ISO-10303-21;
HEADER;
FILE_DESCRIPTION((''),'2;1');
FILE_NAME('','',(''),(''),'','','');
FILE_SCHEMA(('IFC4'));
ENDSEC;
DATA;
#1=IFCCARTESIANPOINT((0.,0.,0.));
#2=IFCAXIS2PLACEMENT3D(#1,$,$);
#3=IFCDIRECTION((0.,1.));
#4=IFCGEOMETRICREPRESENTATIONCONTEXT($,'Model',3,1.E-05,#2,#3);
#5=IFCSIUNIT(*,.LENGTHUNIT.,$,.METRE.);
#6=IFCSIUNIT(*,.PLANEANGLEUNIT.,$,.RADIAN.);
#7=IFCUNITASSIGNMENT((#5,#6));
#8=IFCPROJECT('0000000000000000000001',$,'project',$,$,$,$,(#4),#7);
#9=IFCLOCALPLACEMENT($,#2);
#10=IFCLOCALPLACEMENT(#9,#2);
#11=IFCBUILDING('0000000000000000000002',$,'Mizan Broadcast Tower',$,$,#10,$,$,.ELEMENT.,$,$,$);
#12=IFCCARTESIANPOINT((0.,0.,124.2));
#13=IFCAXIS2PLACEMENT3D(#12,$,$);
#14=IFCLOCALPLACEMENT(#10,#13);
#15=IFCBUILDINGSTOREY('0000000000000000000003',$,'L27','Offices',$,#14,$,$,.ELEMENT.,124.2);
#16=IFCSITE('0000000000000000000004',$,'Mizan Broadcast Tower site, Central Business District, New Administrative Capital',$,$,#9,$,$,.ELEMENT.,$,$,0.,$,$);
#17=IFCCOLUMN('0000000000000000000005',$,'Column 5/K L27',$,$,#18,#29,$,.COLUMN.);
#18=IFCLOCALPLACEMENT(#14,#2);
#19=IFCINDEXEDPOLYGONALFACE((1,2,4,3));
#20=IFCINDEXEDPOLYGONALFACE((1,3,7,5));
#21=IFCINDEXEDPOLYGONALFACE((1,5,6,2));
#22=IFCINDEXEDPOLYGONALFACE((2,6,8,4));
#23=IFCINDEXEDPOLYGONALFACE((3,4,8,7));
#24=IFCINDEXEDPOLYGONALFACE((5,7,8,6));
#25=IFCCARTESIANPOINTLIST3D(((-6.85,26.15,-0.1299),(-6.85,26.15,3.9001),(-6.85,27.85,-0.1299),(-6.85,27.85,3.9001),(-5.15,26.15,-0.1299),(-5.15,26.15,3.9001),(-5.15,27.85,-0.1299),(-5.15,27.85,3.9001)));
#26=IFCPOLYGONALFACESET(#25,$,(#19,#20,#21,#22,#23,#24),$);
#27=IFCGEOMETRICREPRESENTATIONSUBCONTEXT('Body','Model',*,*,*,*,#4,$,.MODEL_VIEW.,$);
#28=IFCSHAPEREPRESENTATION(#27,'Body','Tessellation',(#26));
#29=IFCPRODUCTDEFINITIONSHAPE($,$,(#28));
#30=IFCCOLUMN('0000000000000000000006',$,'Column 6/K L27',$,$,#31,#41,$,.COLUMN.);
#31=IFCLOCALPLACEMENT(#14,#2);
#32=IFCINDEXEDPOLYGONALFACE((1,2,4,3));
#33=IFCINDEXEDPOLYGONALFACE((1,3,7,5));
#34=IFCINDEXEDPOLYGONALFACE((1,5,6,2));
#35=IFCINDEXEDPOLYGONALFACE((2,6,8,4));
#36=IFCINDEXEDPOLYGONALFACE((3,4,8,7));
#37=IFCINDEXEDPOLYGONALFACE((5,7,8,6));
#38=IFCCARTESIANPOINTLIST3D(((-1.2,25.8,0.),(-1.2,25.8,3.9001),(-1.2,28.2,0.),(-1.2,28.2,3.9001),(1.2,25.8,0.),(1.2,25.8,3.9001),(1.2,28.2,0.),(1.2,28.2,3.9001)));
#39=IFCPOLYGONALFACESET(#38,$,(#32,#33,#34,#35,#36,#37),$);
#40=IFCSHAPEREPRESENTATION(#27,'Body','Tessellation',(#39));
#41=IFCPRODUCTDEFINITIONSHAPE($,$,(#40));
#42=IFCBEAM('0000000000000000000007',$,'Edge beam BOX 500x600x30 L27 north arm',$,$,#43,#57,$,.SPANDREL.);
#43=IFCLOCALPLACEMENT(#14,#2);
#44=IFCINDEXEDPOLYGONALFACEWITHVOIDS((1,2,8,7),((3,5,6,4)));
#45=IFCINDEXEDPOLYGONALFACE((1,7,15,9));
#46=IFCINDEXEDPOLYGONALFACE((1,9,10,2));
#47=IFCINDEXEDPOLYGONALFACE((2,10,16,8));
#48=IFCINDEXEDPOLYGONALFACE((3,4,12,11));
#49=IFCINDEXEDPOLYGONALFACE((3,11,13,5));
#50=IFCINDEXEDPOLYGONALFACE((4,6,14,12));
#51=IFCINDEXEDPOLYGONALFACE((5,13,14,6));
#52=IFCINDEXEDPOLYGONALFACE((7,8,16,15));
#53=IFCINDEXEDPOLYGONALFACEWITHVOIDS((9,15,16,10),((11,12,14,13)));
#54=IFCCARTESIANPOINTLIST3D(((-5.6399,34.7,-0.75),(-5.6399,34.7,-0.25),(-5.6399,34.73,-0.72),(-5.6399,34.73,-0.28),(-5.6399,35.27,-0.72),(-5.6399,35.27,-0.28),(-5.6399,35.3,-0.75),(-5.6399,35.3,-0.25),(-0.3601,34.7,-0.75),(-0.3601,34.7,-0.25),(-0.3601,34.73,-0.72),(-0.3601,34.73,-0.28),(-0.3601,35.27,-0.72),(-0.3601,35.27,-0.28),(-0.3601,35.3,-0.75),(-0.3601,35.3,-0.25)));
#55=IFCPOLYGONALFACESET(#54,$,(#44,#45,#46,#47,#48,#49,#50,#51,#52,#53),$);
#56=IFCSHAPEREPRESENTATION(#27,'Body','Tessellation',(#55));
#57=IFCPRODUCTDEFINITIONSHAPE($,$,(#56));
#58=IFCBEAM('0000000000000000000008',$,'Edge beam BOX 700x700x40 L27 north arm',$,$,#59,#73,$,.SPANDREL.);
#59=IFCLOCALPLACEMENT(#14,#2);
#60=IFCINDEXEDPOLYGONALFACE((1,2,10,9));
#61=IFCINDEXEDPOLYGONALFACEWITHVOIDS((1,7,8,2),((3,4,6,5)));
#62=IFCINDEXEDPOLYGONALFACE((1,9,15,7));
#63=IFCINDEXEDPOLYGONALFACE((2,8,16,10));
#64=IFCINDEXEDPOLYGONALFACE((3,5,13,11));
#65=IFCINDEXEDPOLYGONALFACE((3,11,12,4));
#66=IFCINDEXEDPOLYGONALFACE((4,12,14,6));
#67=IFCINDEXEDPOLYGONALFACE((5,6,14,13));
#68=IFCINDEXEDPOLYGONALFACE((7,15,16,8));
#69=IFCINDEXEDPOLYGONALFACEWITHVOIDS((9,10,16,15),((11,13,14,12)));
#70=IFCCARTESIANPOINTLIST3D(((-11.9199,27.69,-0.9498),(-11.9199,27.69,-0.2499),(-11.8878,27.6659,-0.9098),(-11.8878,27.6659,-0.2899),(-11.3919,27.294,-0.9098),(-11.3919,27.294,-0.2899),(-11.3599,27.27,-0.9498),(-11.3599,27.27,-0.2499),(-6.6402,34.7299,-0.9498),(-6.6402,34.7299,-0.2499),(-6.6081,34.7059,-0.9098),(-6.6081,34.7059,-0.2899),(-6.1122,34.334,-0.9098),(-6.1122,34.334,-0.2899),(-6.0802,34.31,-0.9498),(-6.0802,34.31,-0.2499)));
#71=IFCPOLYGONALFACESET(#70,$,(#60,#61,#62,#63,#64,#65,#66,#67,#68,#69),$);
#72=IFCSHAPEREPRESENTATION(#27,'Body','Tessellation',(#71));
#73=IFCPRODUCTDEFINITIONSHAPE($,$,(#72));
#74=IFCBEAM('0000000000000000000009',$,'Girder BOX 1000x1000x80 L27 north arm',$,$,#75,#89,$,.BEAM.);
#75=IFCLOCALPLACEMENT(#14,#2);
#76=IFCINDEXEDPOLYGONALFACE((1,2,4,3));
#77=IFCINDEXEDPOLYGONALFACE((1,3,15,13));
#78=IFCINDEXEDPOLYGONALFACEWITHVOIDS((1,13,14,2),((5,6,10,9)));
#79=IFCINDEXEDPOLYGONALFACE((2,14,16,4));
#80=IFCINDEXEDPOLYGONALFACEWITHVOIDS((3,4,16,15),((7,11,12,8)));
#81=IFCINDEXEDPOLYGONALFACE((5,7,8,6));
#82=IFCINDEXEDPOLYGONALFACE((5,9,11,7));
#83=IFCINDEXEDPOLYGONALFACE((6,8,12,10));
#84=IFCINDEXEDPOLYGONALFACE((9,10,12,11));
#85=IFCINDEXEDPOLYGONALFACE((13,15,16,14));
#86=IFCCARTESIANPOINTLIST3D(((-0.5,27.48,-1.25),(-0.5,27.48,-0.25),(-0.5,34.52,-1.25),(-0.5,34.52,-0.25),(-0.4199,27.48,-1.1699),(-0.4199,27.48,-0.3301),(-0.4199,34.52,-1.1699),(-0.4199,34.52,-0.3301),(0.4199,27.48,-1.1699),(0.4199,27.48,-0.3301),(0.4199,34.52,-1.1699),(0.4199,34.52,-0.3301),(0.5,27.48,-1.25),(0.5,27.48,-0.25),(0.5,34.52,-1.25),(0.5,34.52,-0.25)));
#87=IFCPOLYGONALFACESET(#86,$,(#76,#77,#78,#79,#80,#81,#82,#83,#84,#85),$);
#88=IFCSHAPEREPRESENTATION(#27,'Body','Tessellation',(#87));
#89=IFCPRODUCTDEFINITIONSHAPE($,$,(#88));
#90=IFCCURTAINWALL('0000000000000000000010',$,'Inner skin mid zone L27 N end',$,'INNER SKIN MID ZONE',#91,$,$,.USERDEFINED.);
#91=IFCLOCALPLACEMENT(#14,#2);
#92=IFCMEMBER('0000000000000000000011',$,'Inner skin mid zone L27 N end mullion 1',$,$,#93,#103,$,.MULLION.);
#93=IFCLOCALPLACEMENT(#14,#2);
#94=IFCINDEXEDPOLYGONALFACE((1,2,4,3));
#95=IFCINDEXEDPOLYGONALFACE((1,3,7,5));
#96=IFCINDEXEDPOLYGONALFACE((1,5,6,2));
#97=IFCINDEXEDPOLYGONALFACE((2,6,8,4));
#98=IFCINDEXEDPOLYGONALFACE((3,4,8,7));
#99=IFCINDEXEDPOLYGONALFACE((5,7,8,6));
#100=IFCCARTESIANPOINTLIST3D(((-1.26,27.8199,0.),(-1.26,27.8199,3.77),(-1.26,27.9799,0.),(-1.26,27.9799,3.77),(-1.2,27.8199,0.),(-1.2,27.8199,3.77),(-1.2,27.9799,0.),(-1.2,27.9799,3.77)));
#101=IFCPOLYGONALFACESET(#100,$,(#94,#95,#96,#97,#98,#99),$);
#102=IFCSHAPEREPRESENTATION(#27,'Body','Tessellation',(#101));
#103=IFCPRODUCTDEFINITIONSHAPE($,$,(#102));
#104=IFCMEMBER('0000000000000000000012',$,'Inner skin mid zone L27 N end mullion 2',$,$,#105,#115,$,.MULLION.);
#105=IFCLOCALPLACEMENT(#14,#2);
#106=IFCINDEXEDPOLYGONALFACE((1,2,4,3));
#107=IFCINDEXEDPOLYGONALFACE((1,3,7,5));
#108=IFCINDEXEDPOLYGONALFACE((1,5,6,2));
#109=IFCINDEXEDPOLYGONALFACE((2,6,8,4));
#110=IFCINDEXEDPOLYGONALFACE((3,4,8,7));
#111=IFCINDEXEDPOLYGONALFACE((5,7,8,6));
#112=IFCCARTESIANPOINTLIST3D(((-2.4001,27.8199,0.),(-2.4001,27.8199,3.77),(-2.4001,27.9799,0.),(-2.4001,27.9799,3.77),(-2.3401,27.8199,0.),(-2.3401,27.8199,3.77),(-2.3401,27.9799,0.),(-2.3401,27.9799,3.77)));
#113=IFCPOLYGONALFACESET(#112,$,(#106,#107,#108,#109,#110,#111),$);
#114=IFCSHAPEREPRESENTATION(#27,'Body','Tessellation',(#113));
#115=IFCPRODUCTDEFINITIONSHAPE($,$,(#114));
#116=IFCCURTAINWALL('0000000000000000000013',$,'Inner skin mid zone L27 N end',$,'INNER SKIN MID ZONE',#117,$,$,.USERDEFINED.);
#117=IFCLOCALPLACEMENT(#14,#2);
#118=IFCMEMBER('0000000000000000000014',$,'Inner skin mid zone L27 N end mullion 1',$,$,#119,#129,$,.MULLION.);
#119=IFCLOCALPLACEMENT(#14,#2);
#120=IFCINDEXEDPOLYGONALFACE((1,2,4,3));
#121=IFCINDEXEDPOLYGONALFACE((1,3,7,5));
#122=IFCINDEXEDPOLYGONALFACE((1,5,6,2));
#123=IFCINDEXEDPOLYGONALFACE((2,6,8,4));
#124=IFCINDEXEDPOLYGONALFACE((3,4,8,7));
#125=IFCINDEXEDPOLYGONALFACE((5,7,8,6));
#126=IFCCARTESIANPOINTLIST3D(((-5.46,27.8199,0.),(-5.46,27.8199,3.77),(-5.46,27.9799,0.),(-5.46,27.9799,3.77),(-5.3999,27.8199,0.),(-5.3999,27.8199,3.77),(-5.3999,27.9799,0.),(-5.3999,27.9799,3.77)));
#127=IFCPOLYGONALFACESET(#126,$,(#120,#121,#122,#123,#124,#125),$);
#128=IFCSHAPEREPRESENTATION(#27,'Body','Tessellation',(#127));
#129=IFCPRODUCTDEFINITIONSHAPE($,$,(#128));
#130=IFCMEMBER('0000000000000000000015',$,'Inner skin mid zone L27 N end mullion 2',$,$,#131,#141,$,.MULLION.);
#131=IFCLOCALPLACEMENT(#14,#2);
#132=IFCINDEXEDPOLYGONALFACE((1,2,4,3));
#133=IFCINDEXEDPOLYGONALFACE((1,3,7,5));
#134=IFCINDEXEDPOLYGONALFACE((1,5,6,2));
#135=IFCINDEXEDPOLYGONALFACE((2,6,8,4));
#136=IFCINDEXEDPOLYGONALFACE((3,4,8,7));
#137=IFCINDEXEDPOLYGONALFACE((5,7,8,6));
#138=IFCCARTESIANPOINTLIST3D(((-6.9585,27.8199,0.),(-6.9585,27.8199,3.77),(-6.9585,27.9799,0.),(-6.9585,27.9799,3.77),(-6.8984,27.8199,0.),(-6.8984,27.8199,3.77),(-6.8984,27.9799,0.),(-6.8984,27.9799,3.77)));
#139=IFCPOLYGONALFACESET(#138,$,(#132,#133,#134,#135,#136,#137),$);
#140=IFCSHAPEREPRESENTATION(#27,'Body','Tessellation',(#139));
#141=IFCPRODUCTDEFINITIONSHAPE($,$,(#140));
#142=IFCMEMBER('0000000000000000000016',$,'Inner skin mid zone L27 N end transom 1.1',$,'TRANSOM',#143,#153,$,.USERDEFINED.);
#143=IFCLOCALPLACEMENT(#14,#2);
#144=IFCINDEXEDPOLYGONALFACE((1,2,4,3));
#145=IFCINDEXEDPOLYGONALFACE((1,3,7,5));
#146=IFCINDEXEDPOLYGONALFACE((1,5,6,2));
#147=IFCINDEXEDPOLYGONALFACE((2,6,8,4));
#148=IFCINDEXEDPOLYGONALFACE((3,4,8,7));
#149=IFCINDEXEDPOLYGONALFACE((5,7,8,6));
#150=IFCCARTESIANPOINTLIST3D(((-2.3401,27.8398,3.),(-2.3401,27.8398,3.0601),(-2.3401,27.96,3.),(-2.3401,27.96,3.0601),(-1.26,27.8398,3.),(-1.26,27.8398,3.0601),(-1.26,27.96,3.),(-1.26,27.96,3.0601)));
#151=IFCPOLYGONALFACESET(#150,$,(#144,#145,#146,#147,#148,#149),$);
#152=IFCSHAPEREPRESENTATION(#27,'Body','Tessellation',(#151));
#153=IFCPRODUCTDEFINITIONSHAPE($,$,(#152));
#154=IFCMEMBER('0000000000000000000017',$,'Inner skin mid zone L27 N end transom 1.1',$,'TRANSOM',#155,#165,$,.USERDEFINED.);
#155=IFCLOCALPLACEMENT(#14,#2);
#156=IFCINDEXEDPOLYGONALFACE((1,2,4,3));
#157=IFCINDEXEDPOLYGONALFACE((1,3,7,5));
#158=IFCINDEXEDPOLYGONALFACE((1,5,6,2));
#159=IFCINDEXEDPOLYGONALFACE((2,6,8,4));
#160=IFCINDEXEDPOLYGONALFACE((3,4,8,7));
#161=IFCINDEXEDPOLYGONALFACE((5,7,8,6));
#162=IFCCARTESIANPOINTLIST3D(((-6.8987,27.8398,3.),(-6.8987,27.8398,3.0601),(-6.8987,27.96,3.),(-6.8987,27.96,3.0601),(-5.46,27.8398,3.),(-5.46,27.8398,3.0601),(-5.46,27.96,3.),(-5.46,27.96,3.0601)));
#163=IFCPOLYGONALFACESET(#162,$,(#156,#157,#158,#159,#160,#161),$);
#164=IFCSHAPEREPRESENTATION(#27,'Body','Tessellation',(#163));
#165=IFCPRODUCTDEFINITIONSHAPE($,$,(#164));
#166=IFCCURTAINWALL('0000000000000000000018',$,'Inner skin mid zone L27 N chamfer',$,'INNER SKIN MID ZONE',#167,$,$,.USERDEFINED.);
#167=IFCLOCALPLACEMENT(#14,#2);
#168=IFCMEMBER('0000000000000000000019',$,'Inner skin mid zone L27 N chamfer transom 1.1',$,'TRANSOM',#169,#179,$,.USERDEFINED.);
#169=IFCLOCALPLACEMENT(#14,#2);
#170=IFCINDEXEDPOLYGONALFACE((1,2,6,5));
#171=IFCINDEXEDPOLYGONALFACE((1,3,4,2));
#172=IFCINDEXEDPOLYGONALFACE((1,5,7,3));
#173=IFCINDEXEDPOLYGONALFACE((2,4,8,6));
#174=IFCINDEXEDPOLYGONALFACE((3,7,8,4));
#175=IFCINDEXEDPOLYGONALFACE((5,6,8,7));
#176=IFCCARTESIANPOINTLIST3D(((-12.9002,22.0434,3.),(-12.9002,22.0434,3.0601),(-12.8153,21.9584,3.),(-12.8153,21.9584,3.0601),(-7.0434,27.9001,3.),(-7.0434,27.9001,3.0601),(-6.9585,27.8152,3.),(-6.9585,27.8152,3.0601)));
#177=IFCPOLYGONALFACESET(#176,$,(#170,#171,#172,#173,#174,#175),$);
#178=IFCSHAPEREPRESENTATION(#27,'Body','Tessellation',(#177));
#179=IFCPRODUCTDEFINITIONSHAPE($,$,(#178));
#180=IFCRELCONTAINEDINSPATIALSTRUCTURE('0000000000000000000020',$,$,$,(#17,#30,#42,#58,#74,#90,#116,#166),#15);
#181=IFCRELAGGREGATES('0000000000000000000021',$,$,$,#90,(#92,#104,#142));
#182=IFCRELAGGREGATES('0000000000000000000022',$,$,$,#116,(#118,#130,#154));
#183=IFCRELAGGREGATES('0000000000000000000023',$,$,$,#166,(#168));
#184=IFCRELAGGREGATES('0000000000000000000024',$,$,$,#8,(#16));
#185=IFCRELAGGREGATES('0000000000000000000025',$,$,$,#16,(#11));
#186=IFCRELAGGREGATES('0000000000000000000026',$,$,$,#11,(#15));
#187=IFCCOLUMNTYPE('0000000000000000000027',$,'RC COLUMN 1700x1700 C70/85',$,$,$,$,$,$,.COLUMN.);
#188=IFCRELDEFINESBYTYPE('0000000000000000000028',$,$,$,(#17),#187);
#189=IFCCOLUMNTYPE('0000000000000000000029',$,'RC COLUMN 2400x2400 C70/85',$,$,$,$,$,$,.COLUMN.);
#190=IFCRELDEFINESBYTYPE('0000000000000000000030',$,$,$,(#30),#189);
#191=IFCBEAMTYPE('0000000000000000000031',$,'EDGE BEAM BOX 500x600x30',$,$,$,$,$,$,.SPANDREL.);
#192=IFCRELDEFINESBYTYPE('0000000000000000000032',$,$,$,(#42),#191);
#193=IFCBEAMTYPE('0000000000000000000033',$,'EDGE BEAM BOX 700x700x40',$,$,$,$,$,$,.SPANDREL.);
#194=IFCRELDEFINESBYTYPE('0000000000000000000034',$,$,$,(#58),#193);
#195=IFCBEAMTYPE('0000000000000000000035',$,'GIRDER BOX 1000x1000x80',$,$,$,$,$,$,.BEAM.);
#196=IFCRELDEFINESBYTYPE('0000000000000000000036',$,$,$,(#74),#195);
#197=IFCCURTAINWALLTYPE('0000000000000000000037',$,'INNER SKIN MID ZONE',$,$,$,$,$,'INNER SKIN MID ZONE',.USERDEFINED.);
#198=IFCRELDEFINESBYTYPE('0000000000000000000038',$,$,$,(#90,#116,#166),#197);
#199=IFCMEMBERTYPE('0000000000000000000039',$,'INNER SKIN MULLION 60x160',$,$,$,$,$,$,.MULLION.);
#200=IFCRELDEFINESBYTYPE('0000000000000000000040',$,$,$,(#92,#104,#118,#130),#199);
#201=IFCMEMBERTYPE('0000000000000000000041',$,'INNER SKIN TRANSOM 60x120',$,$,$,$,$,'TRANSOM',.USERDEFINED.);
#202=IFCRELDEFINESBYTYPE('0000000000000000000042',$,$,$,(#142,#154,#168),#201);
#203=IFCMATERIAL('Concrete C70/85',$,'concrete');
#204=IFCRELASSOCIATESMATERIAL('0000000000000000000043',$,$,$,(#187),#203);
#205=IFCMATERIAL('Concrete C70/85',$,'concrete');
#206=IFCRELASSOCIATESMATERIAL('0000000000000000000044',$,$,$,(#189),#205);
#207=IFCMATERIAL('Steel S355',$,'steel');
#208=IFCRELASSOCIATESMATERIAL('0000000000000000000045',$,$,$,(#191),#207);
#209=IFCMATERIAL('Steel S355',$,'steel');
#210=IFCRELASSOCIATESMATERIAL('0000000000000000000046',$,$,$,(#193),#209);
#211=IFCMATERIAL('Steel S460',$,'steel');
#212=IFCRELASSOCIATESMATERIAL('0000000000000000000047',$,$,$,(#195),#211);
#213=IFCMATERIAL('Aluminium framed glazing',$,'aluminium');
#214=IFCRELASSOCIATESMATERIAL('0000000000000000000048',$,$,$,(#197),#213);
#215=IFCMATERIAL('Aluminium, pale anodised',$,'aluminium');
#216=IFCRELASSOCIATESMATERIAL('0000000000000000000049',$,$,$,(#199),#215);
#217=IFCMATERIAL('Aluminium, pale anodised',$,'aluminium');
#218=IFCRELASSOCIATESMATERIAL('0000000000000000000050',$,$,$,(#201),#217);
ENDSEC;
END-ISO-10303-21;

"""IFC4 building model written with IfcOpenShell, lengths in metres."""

from ifc_helpers import new_model, si_unit, direction, frame, origin, origin_2d, place, context, subcontext, project, spatial, rectangle, hollow_rectangle, extrude, material, material_profile, profile_set, type_object, element, aggregate, save


model = new_model("IFC4")

# Units and contexts
model_context = context("Model", 3, precision=1e-05, world=origin(), true_north=direction((0.0, 1.0)))
body_context = subcontext(model_context, "Body", "Model", "MODEL_VIEW")
ifc_project = project(units=[si_unit("LENGTHUNIT", "METRE"), si_unit("PLANEANGLEUNIT", "RADIAN")], contexts=[model_context])

# Site, building, storey
site_placement = place(None, origin())
site = spatial("IfcSite", under=ifc_project, at=site_placement, Name="Mizan Broadcast Tower site, Central Business District, New Administrative Capital", CompositionType="ELEMENT", RefElevation=0.0)
building_placement = place(site_placement, origin())
building = spatial("IfcBuilding", under=site, at=building_placement, Name="Mizan Broadcast Tower", CompositionType="ELEMENT")
storey_placement = place(building_placement, frame((0.0, 0.0, 124.2)))
storey = spatial("IfcBuildingStorey", under=building, at=storey_placement, Name="L27", Description="Offices", CompositionType="ELEMENT", Elevation=124.2)

# Columns
ifc_material_1 = material(Name="Concrete C70/85", Category="concrete")
ifc_material_profile_1 = material_profile(ifc_material_1, rectangle(XDim=1.7, YDim=1.7, at=origin_2d()), Name="RC 1700x1700")
ifc_profile_set_1 = profile_set([ifc_material_profile_1], Name="Concrete C70/85")
column_type_1 = type_object("IfcColumnType", Name="RC COLUMN 1700x1700 C70/85", PredefinedType="COLUMN", material=ifc_profile_set_1)
column_1_placement = place(storey_placement, frame((-6.0, 27.0, -0.1299), z_axis=(0.0, 0.0, 1.0), x_axis=(1.0, 0.0, 0.0)))
element("IfcColumn", 1, at=column_1_placement, inside=storey, type_object=column_type_1, Name="Column 5/K L27", PredefinedType="COLUMN", context=body_context, shape_type="SweptSolid", body=[
    extrude(rectangle(XDim=1.7, YDim=1.7, at=origin_2d()), origin(), (0.0, 0.0, 1.0), 4.03),
])
ifc_material_2 = material(Name="Concrete C70/85", Category="concrete")
ifc_material_profile_2 = material_profile(ifc_material_2, rectangle(XDim=2.3999, YDim=2.3999, at=origin_2d()), Name="RC 2400x2400")
ifc_profile_set_2 = profile_set([ifc_material_profile_2], Name="Concrete C70/85")
column_type_2 = type_object("IfcColumnType", Name="RC COLUMN 2400x2400 C70/85", PredefinedType="COLUMN", material=ifc_profile_set_2)
column_2_placement = place(storey_placement, frame((0.0, 27.0, 0.0), z_axis=(0.0, 0.0, 1.0), x_axis=(1.0, 0.0, 0.0)))
element("IfcColumn", 2, at=column_2_placement, inside=storey, type_object=column_type_2, Name="Column 6/K L27", PredefinedType="COLUMN", context=body_context, shape_type="SweptSolid", body=[
    extrude(rectangle(XDim=2.3999, YDim=2.3999, at=origin_2d()), origin(), (0.0, 0.0, 1.0), 3.9001),
])

# Beams
ifc_material_3 = material(Name="Steel S355", Category="steel")
ifc_material_profile_3 = material_profile(ifc_material_3, hollow_rectangle(XDim=0.6001, YDim=0.5, WallThickness=0.03, at=origin_2d()), Name="BOX 500x600x30")
ifc_profile_set_3 = profile_set([ifc_material_profile_3], Name="Steel S355")
beam_type_1 = type_object("IfcBeamType", Name="EDGE BEAM BOX 500x600x30", PredefinedType="SPANDREL", material=ifc_profile_set_3)
beam_1_placement = place(storey_placement, frame((-5.6399, 35.0, -0.5), z_axis=(1.0, 0.0, 0.0), x_axis=(0.0, 1.0, 0.0)))
element("IfcBeam", 3, at=beam_1_placement, inside=storey, type_object=beam_type_1, Name="Edge beam BOX 500x600x30 L27 north arm", PredefinedType="SPANDREL", context=body_context, shape_type="SweptSolid", body=[
    extrude(hollow_rectangle(XDim=0.6001, YDim=0.5, WallThickness=0.03, at=origin_2d()), origin(), (0.0, 0.0, 1.0), 5.2798),
])
ifc_material_4 = material(Name="Steel S355", Category="steel")
ifc_material_profile_4 = material_profile(ifc_material_4, hollow_rectangle(XDim=0.7, YDim=0.7, WallThickness=0.04, at=origin_2d()), Name="BOX 700x700x40")
ifc_profile_set_4 = profile_set([ifc_material_profile_4], Name="Steel S355")
beam_type_2 = type_object("IfcBeamType", Name="EDGE BEAM BOX 700x700x40", PredefinedType="SPANDREL", material=ifc_profile_set_4)
beam_2_placement = place(storey_placement, frame((-11.6399, 27.48, -0.5999), z_axis=(0.599982, 0.800013, 0.0), x_axis=(-0.800013, 0.599982, 0.0)))
element("IfcBeam", 4, at=beam_2_placement, inside=storey, type_object=beam_type_2, Name="Edge beam BOX 700x700x40 L27 north arm", PredefinedType="SPANDREL", context=body_context, shape_type="SweptSolid", body=[
    extrude(hollow_rectangle(XDim=0.7, YDim=0.7, WallThickness=0.04, at=origin_2d()), origin(), (0.0, 0.0, 1.0), 8.7998),
])
ifc_material_5 = material(Name="Steel S460", Category="steel")
ifc_material_profile_5 = material_profile(ifc_material_5, hollow_rectangle(XDim=1.0, YDim=1.0, WallThickness=0.0801, at=origin_2d()), Name="BOX 1000x1000x80")
ifc_profile_set_5 = profile_set([ifc_material_profile_5], Name="Steel S460")
beam_type_3 = type_object("IfcBeamType", Name="GIRDER BOX 1000x1000x80", PredefinedType="BEAM", material=ifc_profile_set_5)
beam_3_placement = place(storey_placement, frame((0.0, 27.48, -0.75), z_axis=(0.0, 1.0, 0.0), x_axis=(-1.0, 0.0, 0.0)))
element("IfcBeam", 5, at=beam_3_placement, inside=storey, type_object=beam_type_3, Name="Girder BOX 1000x1000x80 L27 north arm", PredefinedType="BEAM", context=body_context, shape_type="SweptSolid", body=[
    extrude(hollow_rectangle(XDim=1.0, YDim=1.0, WallThickness=0.0801, at=origin_2d()), origin(), (0.0, 0.0, 1.0), 7.04),
])

# Curtain walls, members
ifc_material_6 = material(Name="Aluminium framed glazing", Category="aluminium")
curtain_wall_type_1 = type_object("IfcCurtainWallType", Name="INNER SKIN MID ZONE", ElementType="INNER SKIN MID ZONE", PredefinedType="USERDEFINED", material=ifc_material_6)
curtain_wall_1_placement = place(storey_placement, origin())
curtain_wall_1 = element("IfcCurtainWall", 6, at=curtain_wall_1_placement, inside=storey, type_object=curtain_wall_type_1, Name="Inner skin mid zone L27 N end", ObjectType="INNER SKIN MID ZONE", PredefinedType="USERDEFINED")
ifc_material_7 = material(Name="Aluminium, pale anodised", Category="aluminium")
ifc_material_profile_6 = material_profile(ifc_material_7, rectangle(XDim=0.1599, YDim=0.0601, at=origin_2d()), Name="MULLION 160x60")
ifc_profile_set_6 = profile_set([ifc_material_profile_6], Name="Aluminium, pale anodised")
member_type_1 = type_object("IfcMemberType", Name="INNER SKIN MULLION 60x160", PredefinedType="MULLION", material=ifc_profile_set_6)
member_1_placement = place(storey_placement, frame((-1.23, 27.8999, 0.0), z_axis=(0.0, 0.0, 1.0), x_axis=(0.0, -1.0, 0.0)))
member_1 = element("IfcMember", 7, at=member_1_placement, type_object=member_type_1, Name="Inner skin mid zone L27 N end mullion 1", PredefinedType="MULLION", context=body_context, shape_type="SweptSolid", body=[
    extrude(rectangle(XDim=0.1599, YDim=0.0601, at=origin_2d()), origin(), (0.0, 0.0, 1.0), 3.77),
])
member_2_placement = place(storey_placement, frame((-2.3701, 27.8999, 0.0), z_axis=(0.0, 0.0, 1.0), x_axis=(0.0, -1.0, 0.0)))
member_2 = element("IfcMember", 8, at=member_2_placement, type_object=member_type_1, Name="Inner skin mid zone L27 N end mullion 2", PredefinedType="MULLION", context=body_context, shape_type="SweptSolid", body=[
    extrude(rectangle(XDim=0.1599, YDim=0.0601, at=origin_2d()), origin(), (0.0, 0.0, 1.0), 3.77),
])
curtain_wall_2_placement = place(storey_placement, origin())
curtain_wall_2 = element("IfcCurtainWall", 9, at=curtain_wall_2_placement, inside=storey, type_object=curtain_wall_type_1, Name="Inner skin mid zone L27 N end", ObjectType="INNER SKIN MID ZONE", PredefinedType="USERDEFINED")
member_3_placement = place(storey_placement, frame((-5.4299, 27.8999, 0.0), z_axis=(0.0, 0.0, 1.0), x_axis=(0.0, -1.0, 0.0)))
member_3 = element("IfcMember", 10, at=member_3_placement, type_object=member_type_1, Name="Inner skin mid zone L27 N end mullion 1", PredefinedType="MULLION", context=body_context, shape_type="SweptSolid", body=[
    extrude(rectangle(XDim=0.1599, YDim=0.0601, at=origin_2d()), origin(), (0.0, 0.0, 1.0), 3.77),
])
member_4_placement = place(storey_placement, frame((-6.9285, 27.8999, 0.0), z_axis=(0.0, 0.0, 1.0), x_axis=(0.0, -1.0, 0.0)))
member_4 = element("IfcMember", 11, at=member_4_placement, type_object=member_type_1, Name="Inner skin mid zone L27 N end mullion 2", PredefinedType="MULLION", context=body_context, shape_type="SweptSolid", body=[
    extrude(rectangle(XDim=0.1599, YDim=0.0601, at=origin_2d()), origin(), (0.0, 0.0, 1.0), 3.77),
])

# Members
ifc_material_8 = material(Name="Aluminium, pale anodised", Category="aluminium")
ifc_material_profile_7 = material_profile(ifc_material_8, rectangle(XDim=0.1201, YDim=0.0601, at=origin_2d()), Name="TRANSOM 120x60")
ifc_profile_set_7 = profile_set([ifc_material_profile_7], Name="Aluminium, pale anodised")
member_type_2 = type_object("IfcMemberType", Name="INNER SKIN TRANSOM 60x120", ElementType="TRANSOM", PredefinedType="USERDEFINED", material=ifc_profile_set_7)
member_5_placement = place(storey_placement, frame((-1.26, 27.8999, 3.03), z_axis=(-1.0, 0.0, 0.0), x_axis=(0.0, -1.0, 0.0)))
member_5 = element("IfcMember", 12, at=member_5_placement, type_object=member_type_2, Name="Inner skin mid zone L27 N end transom 1.1", ObjectType="TRANSOM", PredefinedType="USERDEFINED", context=body_context, shape_type="SweptSolid", body=[
    extrude(rectangle(XDim=0.1201, YDim=0.0601, at=origin_2d()), origin(), (0.0, 0.0, 1.0), 1.0801),
])
member_6_placement = place(storey_placement, frame((-5.46, 27.8999, 3.03), z_axis=(-1.0, 0.0, 0.0), x_axis=(0.0, -1.0, 0.0)))
member_6 = element("IfcMember", 13, at=member_6_placement, type_object=member_type_2, Name="Inner skin mid zone L27 N end transom 1.1", ObjectType="TRANSOM", PredefinedType="USERDEFINED", context=body_context, shape_type="SweptSolid", body=[
    extrude(rectangle(XDim=0.1201, YDim=0.0601, at=origin_2d()), origin(), (0.0, 0.0, 1.0), 1.4387),
])

# Curtain wall, member
curtain_wall_3_placement = place(storey_placement, origin())
curtain_wall_3 = element("IfcCurtainWall", 14, at=curtain_wall_3_placement, inside=storey, type_object=curtain_wall_type_1, Name="Inner skin mid zone L27 N chamfer", ObjectType="INNER SKIN MID ZONE", PredefinedType="USERDEFINED")
member_7_placement = place(storey_placement, frame((-7.001, 27.8577, 3.03), z_axis=(-0.707107, -0.707107, 0.0), x_axis=(0.707107, -0.707107, 0.0)))
member_7 = element("IfcMember", 15, at=member_7_placement, type_object=member_type_2, Name="Inner skin mid zone L27 N chamfer transom 1.1", ObjectType="TRANSOM", PredefinedType="USERDEFINED", context=body_context, shape_type="SweptSolid", body=[
    extrude(rectangle(XDim=0.1201, YDim=0.0601, at=origin_2d()), origin(), (0.0, 0.0, 1.0), 8.2827),
])

aggregate(curtain_wall_1, [member_1, member_2, member_5])
aggregate(curtain_wall_2, [member_3, member_4, member_6])
aggregate(curtain_wall_3, [member_7])

save(model, "model.ifc")
